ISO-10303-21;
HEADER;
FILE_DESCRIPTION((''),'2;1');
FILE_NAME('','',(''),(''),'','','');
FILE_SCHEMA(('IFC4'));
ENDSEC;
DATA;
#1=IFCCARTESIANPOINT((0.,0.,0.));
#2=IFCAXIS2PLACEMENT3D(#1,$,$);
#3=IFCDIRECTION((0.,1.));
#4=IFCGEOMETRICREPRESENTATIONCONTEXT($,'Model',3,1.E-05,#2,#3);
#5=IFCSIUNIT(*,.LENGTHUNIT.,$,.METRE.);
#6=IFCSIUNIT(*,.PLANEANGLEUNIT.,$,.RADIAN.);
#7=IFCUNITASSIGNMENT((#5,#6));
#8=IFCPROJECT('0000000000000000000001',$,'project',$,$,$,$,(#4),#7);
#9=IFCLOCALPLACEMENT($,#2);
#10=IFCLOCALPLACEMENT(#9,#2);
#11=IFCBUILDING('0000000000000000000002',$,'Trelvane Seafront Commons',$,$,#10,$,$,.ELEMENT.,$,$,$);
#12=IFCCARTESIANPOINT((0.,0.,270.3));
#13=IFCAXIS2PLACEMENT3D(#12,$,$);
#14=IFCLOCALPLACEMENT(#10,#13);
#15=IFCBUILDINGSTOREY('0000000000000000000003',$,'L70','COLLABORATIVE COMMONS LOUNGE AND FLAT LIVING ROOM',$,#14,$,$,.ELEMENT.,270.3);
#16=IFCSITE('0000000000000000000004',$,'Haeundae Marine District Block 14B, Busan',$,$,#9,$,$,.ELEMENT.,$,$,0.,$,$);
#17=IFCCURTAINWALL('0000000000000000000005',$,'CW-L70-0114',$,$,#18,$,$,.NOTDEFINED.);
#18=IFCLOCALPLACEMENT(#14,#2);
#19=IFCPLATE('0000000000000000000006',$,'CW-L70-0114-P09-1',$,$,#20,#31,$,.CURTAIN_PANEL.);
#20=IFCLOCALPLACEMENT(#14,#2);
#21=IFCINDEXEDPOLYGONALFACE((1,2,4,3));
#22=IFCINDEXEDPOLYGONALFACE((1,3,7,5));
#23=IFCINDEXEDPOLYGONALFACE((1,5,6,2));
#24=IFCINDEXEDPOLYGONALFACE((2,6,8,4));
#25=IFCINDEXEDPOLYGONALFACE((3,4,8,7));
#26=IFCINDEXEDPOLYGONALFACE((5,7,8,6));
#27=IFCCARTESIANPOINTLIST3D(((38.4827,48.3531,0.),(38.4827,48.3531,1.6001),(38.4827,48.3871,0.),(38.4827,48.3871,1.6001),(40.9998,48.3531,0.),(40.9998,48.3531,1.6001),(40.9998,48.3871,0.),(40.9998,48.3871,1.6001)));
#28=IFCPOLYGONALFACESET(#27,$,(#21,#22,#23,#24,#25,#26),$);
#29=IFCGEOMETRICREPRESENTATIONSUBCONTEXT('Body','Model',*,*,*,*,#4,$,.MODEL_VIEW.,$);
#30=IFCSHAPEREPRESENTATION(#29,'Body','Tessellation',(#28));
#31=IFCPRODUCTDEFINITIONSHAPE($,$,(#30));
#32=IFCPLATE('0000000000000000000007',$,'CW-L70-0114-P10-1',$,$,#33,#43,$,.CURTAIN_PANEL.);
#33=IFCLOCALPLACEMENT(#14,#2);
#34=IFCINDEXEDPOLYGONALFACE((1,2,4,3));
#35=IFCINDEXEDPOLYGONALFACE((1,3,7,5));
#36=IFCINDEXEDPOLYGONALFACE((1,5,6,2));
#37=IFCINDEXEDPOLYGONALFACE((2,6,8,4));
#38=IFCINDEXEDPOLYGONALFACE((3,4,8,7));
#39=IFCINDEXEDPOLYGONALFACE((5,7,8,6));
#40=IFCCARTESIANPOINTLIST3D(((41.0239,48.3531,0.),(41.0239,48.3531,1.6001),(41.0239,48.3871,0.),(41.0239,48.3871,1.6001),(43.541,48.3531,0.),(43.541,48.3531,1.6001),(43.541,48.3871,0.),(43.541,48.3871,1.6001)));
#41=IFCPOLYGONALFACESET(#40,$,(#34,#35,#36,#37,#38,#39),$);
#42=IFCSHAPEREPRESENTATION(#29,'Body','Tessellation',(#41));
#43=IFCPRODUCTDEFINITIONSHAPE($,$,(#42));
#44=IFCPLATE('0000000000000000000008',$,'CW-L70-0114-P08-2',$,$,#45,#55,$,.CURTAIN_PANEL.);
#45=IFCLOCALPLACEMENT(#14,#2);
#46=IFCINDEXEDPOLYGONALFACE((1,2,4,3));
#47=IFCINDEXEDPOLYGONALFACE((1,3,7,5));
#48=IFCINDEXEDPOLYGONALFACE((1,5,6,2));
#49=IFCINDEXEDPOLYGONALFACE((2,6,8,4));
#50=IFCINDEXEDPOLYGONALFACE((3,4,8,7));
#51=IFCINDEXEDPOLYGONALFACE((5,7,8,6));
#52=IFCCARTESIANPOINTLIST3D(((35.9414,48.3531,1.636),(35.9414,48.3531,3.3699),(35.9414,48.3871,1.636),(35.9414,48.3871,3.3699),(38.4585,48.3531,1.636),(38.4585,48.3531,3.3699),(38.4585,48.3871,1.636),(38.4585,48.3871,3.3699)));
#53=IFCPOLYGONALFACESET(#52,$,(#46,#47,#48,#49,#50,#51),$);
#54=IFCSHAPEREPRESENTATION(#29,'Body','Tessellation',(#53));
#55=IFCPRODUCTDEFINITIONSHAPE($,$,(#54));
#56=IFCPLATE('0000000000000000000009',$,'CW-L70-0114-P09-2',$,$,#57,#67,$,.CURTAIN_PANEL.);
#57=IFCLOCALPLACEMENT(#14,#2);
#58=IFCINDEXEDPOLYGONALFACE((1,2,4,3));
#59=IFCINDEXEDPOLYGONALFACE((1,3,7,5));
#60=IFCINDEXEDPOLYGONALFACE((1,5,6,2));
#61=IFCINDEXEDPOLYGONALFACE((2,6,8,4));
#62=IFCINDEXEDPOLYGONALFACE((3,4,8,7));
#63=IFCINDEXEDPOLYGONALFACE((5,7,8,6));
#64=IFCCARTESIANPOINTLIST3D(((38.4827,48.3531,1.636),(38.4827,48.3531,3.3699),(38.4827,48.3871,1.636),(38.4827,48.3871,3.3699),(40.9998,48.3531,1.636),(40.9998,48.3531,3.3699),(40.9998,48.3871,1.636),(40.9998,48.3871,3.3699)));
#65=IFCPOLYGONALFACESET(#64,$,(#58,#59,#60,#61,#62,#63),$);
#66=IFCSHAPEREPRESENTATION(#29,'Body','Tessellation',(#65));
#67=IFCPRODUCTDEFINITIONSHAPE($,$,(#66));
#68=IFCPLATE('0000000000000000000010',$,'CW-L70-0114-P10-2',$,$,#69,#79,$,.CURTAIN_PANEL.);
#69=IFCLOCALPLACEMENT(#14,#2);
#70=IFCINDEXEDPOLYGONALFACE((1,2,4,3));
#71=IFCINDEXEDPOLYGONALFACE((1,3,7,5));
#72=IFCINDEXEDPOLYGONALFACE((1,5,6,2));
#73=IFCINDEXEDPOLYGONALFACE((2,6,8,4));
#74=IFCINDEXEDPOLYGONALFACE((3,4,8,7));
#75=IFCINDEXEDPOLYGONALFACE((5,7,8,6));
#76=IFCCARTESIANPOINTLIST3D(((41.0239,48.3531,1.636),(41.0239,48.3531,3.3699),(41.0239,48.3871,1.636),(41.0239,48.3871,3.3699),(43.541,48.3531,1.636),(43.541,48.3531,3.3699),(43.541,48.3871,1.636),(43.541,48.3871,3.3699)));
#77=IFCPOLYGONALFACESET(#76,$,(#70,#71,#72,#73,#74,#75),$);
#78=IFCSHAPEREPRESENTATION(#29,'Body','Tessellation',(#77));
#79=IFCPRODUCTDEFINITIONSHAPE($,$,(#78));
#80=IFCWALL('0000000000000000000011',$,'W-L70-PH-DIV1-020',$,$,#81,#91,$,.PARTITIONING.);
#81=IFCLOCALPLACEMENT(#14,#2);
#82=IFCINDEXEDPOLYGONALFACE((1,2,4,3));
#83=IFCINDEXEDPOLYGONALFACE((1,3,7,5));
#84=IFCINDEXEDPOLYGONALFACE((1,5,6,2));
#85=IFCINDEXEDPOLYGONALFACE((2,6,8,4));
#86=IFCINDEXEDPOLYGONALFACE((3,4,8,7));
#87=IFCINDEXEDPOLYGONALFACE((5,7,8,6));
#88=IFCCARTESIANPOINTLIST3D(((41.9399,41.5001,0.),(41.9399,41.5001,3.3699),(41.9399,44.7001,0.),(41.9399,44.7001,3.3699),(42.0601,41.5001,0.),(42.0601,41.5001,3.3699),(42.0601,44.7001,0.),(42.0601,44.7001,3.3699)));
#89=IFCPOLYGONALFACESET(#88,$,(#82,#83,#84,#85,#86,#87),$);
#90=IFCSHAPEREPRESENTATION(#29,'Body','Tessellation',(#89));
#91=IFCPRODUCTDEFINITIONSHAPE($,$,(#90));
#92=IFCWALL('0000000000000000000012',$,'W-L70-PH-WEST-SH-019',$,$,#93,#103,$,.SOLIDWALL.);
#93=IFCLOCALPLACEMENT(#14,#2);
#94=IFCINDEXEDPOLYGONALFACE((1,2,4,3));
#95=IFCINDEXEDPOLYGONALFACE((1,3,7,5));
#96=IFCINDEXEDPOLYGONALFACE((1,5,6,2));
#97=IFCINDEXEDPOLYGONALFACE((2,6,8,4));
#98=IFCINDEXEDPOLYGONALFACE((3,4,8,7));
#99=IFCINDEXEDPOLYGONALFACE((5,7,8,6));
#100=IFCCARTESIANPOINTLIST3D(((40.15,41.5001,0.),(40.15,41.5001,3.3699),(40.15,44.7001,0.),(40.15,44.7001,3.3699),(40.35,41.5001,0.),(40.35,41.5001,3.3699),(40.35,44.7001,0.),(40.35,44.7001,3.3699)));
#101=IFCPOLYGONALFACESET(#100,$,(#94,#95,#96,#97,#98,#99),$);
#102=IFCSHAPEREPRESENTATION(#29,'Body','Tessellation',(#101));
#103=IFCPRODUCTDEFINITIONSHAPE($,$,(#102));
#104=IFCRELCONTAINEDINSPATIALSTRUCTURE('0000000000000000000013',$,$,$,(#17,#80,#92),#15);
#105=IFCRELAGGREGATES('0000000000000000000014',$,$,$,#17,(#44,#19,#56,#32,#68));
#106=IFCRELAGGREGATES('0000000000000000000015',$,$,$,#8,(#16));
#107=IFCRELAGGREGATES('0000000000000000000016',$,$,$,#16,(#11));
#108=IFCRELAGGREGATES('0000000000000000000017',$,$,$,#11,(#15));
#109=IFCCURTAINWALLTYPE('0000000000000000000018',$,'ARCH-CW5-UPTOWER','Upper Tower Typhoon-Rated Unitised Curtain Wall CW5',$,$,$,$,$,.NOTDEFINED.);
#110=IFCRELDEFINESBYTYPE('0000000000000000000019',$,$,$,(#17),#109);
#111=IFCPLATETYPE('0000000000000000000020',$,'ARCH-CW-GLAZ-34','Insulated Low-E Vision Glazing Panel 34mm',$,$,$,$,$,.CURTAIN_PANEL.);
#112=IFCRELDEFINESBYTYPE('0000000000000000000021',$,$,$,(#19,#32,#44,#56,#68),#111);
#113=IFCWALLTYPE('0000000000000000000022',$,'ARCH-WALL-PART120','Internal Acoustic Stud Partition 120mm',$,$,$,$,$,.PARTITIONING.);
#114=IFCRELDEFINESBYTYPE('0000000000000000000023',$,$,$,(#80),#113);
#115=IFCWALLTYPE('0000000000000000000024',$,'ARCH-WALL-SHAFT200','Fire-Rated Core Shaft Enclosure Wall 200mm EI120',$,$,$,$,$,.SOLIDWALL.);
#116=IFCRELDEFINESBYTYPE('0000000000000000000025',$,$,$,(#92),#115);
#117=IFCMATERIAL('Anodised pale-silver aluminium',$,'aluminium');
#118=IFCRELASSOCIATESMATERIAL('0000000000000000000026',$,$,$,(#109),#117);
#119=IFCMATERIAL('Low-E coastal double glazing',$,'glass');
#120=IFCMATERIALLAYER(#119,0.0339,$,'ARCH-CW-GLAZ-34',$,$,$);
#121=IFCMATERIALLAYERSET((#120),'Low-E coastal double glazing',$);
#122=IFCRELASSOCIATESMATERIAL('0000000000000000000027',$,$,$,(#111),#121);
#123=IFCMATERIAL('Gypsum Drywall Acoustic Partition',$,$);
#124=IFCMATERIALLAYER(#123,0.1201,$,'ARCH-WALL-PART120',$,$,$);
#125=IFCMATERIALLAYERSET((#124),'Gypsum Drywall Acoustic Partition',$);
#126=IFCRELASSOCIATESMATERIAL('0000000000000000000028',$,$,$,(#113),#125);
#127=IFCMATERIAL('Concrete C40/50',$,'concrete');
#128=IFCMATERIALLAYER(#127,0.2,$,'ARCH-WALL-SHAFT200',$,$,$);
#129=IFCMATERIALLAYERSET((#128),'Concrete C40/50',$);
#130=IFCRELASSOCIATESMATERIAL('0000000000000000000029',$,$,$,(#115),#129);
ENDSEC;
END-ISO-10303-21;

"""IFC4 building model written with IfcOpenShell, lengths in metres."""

from ifc_helpers import new_model, si_unit, direction, frame, frame_2d, origin, origin_2d, place, context, subcontext, project, spatial, rectangle, extrude, source, transform, mapped, material, layer, layer_set, type_object, element, aggregate, save


model = new_model("IFC4")

# Units and contexts
model_context = context("Model", 3, precision=1e-05, world=origin(), true_north=direction((0.0, 1.0)))
body_context = subcontext(model_context, "Body", "Model", "MODEL_VIEW")
ifc_project = project(units=[si_unit("LENGTHUNIT", "METRE"), si_unit("PLANEANGLEUNIT", "RADIAN")], contexts=[model_context])

# Site, building, storey
site_placement = place(None, origin())
site = spatial("IfcSite", under=ifc_project, at=site_placement, Name="Haeundae Marine District Block 14B, Busan", CompositionType="ELEMENT", RefElevation=0.0)
building_placement = place(site_placement, origin())
building = spatial("IfcBuilding", under=site, at=building_placement, Name="Trelvane Seafront Commons", CompositionType="ELEMENT")
storey_placement = place(building_placement, frame((0.0, 0.0, 270.3)))
storey = spatial("IfcBuildingStorey", under=building, at=storey_placement, Name="L70", Description="COLLABORATIVE COMMONS LOUNGE AND FLAT LIVING ROOM", CompositionType="ELEMENT", Elevation=270.3)

# Curtain wall
ifc_material_1 = material(Name="Anodised pale-silver aluminium", Category="aluminium")
curtain_wall_type = type_object("IfcCurtainWallType", Name="ARCH-CW5-UPTOWER", Description="Upper Tower Typhoon-Rated Unitised Curtain Wall CW5", PredefinedType="NOTDEFINED", material=ifc_material_1)
curtain_wall_placement = place(storey_placement, origin())
curtain_wall = element("IfcCurtainWall", 1, at=curtain_wall_placement, inside=storey, type_object=curtain_wall_type, Name="CW-L70-0114", PredefinedType="NOTDEFINED")

# Plates
ifc_material_2 = material(Name="Low-E coastal double glazing", Category="glass")
ifc_layer_1 = layer(ifc_material_2, 0.0339, Name="ARCH-CW-GLAZ-34")
ifc_layer_set_1 = layer_set([ifc_layer_1], Name="Low-E coastal double glazing")
plate_type_1 = type_object("IfcPlateType", Name="ARCH-CW-GLAZ-34", Description="Insulated Low-E Vision Glazing Panel 34mm", PredefinedType="CURTAIN_PANEL", material=ifc_layer_set_1)
shared_shape_1 = source(origin(), body_context, "Body", "SweptSolid", [
    extrude(rectangle(XDim=2.5171, YDim=0.0339, at=origin_2d()), origin(), (0.0, 0.0, 1.0), 1.6001),
])
plate_1_placement = place(storey_placement, frame((39.7412, 48.3701, 0.0), z_axis=(0.0, 0.0, 1.0), x_axis=(1.0, 0.0, 0.0)))
plate_1 = element("IfcPlate", 2, at=plate_1_placement, type_object=plate_type_1, Name="CW-L70-0114-P09-1", PredefinedType="CURTAIN_PANEL", context=body_context, shape_type="MappedRepresentation", body=[
    mapped(shared_shape_1, transform((0.0, 0.0, 0.0), x_axis=(1.0, 0.0, 0.0), y_axis=(0.0, 1.0, 0.0), z_axis=(0.0, 0.0, 1.0), scale=1.0)),
])
plate_2_placement = place(storey_placement, frame((42.2825, 48.3701, 0.0), z_axis=(0.0, 0.0, 1.0), x_axis=(1.0, 0.0, 0.0)))
plate_2 = element("IfcPlate", 3, at=plate_2_placement, type_object=plate_type_1, Name="CW-L70-0114-P10-1", PredefinedType="CURTAIN_PANEL", context=body_context, shape_type="MappedRepresentation", body=[
    mapped(shared_shape_1, transform((0.0, 0.0, 0.0), x_axis=(1.0, 0.0, 0.0), y_axis=(0.0, 1.0, 0.0), z_axis=(0.0, 0.0, 1.0), scale=1.0)),
])
shared_shape_2 = source(origin(), body_context, "Body", "SweptSolid", [
    extrude(rectangle(XDim=2.5171, YDim=0.0339, at=origin_2d()), origin(), (0.0, 0.0, 1.0), 1.7339),
])
plate_3_placement = place(storey_placement, frame((37.2, 48.3701, 1.636), z_axis=(0.0, 0.0, 1.0), x_axis=(1.0, 0.0, 0.0)))
plate_3 = element("IfcPlate", 4, at=plate_3_placement, type_object=plate_type_1, Name="CW-L70-0114-P08-2", PredefinedType="CURTAIN_PANEL", context=body_context, shape_type="MappedRepresentation", body=[
    mapped(shared_shape_2, transform((0.0, 0.0, 0.0), x_axis=(1.0, 0.0, 0.0), y_axis=(0.0, 1.0, 0.0), z_axis=(0.0, 0.0, 1.0), scale=1.0)),
])
plate_4_placement = place(storey_placement, frame((39.7412, 48.3701, 1.636), z_axis=(0.0, 0.0, 1.0), x_axis=(1.0, 0.0, 0.0)))
plate_4 = element("IfcPlate", 5, at=plate_4_placement, type_object=plate_type_1, Name="CW-L70-0114-P09-2", PredefinedType="CURTAIN_PANEL", context=body_context, shape_type="MappedRepresentation", body=[
    mapped(shared_shape_2, transform((0.0, 0.0, 0.0), x_axis=(1.0, 0.0, 0.0), y_axis=(0.0, 1.0, 0.0), z_axis=(0.0, 0.0, 1.0), scale=1.0)),
])
plate_5_placement = place(storey_placement, frame((42.2825, 48.3701, 1.636), z_axis=(0.0, 0.0, 1.0), x_axis=(1.0, 0.0, 0.0)))
plate_5 = element("IfcPlate", 6, at=plate_5_placement, type_object=plate_type_1, Name="CW-L70-0114-P10-2", PredefinedType="CURTAIN_PANEL", context=body_context, shape_type="MappedRepresentation", body=[
    mapped(shared_shape_2, transform((0.0, 0.0, 0.0), x_axis=(1.0, 0.0, 0.0), y_axis=(0.0, 1.0, 0.0), z_axis=(0.0, 0.0, 1.0), scale=1.0)),
])
aggregate(curtain_wall, [plate_3, plate_1, plate_4, plate_2, plate_5])

# Wall
ifc_material_3 = material(Name="Gypsum Drywall Acoustic Partition")
ifc_layer_2 = layer(ifc_material_3, 0.1201, Name="ARCH-WALL-PART120")
ifc_layer_set_2 = layer_set([ifc_layer_2], Name="Gypsum Drywall Acoustic Partition")
wall_type_1 = type_object("IfcWallType", Name="ARCH-WALL-PART120", Description="Internal Acoustic Stud Partition 120mm", PredefinedType="PARTITIONING", material=ifc_layer_set_2)
wall_1_placement = place(storey_placement, frame((42.0, 41.5, 0.0), z_axis=(0.0, 0.0, 1.0), x_axis=(0.0, 1.0, 0.0)))
element("IfcWall", 7, at=wall_1_placement, inside=storey, type_object=wall_type_1, Name="W-L70-PH-DIV1-020", PredefinedType="PARTITIONING", context=body_context, shape_type="SweptSolid", body=[
    extrude(rectangle(XDim=3.2, YDim=0.1201, at=frame_2d((1.6001, 0.0))), origin(), (0.0, 0.0, 1.0), 3.3699),
])

# Shared definitions
ifc_material_4 = material(Name="Concrete C40/50", Category="concrete")
ifc_layer_3 = layer(ifc_material_4, 0.2, Name="ARCH-WALL-SHAFT200")
ifc_layer_set_3 = layer_set([ifc_layer_3], Name="Concrete C40/50")
wall_type_2 = type_object("IfcWallType", Name="ARCH-WALL-SHAFT200", Description="Fire-Rated Core Shaft Enclosure Wall 200mm EI120", PredefinedType="SOLIDWALL", material=ifc_layer_set_3)

# Wall
wall_2_placement = place(storey_placement, frame((40.25, 41.5, 0.0), z_axis=(0.0, 0.0, 1.0), x_axis=(0.0, 1.0, 0.0)))
element("IfcWall", 8, at=wall_2_placement, inside=storey, type_object=wall_type_2, Name="W-L70-PH-WEST-SH-019", PredefinedType="SOLIDWALL", context=body_context, shape_type="SweptSolid", body=[
    extrude(rectangle(XDim=3.2, YDim=0.2, at=frame_2d((1.6001, 0.0))), origin(), (0.0, 0.0, 1.0), 3.3699),
])

save(model, "model.ifc")
